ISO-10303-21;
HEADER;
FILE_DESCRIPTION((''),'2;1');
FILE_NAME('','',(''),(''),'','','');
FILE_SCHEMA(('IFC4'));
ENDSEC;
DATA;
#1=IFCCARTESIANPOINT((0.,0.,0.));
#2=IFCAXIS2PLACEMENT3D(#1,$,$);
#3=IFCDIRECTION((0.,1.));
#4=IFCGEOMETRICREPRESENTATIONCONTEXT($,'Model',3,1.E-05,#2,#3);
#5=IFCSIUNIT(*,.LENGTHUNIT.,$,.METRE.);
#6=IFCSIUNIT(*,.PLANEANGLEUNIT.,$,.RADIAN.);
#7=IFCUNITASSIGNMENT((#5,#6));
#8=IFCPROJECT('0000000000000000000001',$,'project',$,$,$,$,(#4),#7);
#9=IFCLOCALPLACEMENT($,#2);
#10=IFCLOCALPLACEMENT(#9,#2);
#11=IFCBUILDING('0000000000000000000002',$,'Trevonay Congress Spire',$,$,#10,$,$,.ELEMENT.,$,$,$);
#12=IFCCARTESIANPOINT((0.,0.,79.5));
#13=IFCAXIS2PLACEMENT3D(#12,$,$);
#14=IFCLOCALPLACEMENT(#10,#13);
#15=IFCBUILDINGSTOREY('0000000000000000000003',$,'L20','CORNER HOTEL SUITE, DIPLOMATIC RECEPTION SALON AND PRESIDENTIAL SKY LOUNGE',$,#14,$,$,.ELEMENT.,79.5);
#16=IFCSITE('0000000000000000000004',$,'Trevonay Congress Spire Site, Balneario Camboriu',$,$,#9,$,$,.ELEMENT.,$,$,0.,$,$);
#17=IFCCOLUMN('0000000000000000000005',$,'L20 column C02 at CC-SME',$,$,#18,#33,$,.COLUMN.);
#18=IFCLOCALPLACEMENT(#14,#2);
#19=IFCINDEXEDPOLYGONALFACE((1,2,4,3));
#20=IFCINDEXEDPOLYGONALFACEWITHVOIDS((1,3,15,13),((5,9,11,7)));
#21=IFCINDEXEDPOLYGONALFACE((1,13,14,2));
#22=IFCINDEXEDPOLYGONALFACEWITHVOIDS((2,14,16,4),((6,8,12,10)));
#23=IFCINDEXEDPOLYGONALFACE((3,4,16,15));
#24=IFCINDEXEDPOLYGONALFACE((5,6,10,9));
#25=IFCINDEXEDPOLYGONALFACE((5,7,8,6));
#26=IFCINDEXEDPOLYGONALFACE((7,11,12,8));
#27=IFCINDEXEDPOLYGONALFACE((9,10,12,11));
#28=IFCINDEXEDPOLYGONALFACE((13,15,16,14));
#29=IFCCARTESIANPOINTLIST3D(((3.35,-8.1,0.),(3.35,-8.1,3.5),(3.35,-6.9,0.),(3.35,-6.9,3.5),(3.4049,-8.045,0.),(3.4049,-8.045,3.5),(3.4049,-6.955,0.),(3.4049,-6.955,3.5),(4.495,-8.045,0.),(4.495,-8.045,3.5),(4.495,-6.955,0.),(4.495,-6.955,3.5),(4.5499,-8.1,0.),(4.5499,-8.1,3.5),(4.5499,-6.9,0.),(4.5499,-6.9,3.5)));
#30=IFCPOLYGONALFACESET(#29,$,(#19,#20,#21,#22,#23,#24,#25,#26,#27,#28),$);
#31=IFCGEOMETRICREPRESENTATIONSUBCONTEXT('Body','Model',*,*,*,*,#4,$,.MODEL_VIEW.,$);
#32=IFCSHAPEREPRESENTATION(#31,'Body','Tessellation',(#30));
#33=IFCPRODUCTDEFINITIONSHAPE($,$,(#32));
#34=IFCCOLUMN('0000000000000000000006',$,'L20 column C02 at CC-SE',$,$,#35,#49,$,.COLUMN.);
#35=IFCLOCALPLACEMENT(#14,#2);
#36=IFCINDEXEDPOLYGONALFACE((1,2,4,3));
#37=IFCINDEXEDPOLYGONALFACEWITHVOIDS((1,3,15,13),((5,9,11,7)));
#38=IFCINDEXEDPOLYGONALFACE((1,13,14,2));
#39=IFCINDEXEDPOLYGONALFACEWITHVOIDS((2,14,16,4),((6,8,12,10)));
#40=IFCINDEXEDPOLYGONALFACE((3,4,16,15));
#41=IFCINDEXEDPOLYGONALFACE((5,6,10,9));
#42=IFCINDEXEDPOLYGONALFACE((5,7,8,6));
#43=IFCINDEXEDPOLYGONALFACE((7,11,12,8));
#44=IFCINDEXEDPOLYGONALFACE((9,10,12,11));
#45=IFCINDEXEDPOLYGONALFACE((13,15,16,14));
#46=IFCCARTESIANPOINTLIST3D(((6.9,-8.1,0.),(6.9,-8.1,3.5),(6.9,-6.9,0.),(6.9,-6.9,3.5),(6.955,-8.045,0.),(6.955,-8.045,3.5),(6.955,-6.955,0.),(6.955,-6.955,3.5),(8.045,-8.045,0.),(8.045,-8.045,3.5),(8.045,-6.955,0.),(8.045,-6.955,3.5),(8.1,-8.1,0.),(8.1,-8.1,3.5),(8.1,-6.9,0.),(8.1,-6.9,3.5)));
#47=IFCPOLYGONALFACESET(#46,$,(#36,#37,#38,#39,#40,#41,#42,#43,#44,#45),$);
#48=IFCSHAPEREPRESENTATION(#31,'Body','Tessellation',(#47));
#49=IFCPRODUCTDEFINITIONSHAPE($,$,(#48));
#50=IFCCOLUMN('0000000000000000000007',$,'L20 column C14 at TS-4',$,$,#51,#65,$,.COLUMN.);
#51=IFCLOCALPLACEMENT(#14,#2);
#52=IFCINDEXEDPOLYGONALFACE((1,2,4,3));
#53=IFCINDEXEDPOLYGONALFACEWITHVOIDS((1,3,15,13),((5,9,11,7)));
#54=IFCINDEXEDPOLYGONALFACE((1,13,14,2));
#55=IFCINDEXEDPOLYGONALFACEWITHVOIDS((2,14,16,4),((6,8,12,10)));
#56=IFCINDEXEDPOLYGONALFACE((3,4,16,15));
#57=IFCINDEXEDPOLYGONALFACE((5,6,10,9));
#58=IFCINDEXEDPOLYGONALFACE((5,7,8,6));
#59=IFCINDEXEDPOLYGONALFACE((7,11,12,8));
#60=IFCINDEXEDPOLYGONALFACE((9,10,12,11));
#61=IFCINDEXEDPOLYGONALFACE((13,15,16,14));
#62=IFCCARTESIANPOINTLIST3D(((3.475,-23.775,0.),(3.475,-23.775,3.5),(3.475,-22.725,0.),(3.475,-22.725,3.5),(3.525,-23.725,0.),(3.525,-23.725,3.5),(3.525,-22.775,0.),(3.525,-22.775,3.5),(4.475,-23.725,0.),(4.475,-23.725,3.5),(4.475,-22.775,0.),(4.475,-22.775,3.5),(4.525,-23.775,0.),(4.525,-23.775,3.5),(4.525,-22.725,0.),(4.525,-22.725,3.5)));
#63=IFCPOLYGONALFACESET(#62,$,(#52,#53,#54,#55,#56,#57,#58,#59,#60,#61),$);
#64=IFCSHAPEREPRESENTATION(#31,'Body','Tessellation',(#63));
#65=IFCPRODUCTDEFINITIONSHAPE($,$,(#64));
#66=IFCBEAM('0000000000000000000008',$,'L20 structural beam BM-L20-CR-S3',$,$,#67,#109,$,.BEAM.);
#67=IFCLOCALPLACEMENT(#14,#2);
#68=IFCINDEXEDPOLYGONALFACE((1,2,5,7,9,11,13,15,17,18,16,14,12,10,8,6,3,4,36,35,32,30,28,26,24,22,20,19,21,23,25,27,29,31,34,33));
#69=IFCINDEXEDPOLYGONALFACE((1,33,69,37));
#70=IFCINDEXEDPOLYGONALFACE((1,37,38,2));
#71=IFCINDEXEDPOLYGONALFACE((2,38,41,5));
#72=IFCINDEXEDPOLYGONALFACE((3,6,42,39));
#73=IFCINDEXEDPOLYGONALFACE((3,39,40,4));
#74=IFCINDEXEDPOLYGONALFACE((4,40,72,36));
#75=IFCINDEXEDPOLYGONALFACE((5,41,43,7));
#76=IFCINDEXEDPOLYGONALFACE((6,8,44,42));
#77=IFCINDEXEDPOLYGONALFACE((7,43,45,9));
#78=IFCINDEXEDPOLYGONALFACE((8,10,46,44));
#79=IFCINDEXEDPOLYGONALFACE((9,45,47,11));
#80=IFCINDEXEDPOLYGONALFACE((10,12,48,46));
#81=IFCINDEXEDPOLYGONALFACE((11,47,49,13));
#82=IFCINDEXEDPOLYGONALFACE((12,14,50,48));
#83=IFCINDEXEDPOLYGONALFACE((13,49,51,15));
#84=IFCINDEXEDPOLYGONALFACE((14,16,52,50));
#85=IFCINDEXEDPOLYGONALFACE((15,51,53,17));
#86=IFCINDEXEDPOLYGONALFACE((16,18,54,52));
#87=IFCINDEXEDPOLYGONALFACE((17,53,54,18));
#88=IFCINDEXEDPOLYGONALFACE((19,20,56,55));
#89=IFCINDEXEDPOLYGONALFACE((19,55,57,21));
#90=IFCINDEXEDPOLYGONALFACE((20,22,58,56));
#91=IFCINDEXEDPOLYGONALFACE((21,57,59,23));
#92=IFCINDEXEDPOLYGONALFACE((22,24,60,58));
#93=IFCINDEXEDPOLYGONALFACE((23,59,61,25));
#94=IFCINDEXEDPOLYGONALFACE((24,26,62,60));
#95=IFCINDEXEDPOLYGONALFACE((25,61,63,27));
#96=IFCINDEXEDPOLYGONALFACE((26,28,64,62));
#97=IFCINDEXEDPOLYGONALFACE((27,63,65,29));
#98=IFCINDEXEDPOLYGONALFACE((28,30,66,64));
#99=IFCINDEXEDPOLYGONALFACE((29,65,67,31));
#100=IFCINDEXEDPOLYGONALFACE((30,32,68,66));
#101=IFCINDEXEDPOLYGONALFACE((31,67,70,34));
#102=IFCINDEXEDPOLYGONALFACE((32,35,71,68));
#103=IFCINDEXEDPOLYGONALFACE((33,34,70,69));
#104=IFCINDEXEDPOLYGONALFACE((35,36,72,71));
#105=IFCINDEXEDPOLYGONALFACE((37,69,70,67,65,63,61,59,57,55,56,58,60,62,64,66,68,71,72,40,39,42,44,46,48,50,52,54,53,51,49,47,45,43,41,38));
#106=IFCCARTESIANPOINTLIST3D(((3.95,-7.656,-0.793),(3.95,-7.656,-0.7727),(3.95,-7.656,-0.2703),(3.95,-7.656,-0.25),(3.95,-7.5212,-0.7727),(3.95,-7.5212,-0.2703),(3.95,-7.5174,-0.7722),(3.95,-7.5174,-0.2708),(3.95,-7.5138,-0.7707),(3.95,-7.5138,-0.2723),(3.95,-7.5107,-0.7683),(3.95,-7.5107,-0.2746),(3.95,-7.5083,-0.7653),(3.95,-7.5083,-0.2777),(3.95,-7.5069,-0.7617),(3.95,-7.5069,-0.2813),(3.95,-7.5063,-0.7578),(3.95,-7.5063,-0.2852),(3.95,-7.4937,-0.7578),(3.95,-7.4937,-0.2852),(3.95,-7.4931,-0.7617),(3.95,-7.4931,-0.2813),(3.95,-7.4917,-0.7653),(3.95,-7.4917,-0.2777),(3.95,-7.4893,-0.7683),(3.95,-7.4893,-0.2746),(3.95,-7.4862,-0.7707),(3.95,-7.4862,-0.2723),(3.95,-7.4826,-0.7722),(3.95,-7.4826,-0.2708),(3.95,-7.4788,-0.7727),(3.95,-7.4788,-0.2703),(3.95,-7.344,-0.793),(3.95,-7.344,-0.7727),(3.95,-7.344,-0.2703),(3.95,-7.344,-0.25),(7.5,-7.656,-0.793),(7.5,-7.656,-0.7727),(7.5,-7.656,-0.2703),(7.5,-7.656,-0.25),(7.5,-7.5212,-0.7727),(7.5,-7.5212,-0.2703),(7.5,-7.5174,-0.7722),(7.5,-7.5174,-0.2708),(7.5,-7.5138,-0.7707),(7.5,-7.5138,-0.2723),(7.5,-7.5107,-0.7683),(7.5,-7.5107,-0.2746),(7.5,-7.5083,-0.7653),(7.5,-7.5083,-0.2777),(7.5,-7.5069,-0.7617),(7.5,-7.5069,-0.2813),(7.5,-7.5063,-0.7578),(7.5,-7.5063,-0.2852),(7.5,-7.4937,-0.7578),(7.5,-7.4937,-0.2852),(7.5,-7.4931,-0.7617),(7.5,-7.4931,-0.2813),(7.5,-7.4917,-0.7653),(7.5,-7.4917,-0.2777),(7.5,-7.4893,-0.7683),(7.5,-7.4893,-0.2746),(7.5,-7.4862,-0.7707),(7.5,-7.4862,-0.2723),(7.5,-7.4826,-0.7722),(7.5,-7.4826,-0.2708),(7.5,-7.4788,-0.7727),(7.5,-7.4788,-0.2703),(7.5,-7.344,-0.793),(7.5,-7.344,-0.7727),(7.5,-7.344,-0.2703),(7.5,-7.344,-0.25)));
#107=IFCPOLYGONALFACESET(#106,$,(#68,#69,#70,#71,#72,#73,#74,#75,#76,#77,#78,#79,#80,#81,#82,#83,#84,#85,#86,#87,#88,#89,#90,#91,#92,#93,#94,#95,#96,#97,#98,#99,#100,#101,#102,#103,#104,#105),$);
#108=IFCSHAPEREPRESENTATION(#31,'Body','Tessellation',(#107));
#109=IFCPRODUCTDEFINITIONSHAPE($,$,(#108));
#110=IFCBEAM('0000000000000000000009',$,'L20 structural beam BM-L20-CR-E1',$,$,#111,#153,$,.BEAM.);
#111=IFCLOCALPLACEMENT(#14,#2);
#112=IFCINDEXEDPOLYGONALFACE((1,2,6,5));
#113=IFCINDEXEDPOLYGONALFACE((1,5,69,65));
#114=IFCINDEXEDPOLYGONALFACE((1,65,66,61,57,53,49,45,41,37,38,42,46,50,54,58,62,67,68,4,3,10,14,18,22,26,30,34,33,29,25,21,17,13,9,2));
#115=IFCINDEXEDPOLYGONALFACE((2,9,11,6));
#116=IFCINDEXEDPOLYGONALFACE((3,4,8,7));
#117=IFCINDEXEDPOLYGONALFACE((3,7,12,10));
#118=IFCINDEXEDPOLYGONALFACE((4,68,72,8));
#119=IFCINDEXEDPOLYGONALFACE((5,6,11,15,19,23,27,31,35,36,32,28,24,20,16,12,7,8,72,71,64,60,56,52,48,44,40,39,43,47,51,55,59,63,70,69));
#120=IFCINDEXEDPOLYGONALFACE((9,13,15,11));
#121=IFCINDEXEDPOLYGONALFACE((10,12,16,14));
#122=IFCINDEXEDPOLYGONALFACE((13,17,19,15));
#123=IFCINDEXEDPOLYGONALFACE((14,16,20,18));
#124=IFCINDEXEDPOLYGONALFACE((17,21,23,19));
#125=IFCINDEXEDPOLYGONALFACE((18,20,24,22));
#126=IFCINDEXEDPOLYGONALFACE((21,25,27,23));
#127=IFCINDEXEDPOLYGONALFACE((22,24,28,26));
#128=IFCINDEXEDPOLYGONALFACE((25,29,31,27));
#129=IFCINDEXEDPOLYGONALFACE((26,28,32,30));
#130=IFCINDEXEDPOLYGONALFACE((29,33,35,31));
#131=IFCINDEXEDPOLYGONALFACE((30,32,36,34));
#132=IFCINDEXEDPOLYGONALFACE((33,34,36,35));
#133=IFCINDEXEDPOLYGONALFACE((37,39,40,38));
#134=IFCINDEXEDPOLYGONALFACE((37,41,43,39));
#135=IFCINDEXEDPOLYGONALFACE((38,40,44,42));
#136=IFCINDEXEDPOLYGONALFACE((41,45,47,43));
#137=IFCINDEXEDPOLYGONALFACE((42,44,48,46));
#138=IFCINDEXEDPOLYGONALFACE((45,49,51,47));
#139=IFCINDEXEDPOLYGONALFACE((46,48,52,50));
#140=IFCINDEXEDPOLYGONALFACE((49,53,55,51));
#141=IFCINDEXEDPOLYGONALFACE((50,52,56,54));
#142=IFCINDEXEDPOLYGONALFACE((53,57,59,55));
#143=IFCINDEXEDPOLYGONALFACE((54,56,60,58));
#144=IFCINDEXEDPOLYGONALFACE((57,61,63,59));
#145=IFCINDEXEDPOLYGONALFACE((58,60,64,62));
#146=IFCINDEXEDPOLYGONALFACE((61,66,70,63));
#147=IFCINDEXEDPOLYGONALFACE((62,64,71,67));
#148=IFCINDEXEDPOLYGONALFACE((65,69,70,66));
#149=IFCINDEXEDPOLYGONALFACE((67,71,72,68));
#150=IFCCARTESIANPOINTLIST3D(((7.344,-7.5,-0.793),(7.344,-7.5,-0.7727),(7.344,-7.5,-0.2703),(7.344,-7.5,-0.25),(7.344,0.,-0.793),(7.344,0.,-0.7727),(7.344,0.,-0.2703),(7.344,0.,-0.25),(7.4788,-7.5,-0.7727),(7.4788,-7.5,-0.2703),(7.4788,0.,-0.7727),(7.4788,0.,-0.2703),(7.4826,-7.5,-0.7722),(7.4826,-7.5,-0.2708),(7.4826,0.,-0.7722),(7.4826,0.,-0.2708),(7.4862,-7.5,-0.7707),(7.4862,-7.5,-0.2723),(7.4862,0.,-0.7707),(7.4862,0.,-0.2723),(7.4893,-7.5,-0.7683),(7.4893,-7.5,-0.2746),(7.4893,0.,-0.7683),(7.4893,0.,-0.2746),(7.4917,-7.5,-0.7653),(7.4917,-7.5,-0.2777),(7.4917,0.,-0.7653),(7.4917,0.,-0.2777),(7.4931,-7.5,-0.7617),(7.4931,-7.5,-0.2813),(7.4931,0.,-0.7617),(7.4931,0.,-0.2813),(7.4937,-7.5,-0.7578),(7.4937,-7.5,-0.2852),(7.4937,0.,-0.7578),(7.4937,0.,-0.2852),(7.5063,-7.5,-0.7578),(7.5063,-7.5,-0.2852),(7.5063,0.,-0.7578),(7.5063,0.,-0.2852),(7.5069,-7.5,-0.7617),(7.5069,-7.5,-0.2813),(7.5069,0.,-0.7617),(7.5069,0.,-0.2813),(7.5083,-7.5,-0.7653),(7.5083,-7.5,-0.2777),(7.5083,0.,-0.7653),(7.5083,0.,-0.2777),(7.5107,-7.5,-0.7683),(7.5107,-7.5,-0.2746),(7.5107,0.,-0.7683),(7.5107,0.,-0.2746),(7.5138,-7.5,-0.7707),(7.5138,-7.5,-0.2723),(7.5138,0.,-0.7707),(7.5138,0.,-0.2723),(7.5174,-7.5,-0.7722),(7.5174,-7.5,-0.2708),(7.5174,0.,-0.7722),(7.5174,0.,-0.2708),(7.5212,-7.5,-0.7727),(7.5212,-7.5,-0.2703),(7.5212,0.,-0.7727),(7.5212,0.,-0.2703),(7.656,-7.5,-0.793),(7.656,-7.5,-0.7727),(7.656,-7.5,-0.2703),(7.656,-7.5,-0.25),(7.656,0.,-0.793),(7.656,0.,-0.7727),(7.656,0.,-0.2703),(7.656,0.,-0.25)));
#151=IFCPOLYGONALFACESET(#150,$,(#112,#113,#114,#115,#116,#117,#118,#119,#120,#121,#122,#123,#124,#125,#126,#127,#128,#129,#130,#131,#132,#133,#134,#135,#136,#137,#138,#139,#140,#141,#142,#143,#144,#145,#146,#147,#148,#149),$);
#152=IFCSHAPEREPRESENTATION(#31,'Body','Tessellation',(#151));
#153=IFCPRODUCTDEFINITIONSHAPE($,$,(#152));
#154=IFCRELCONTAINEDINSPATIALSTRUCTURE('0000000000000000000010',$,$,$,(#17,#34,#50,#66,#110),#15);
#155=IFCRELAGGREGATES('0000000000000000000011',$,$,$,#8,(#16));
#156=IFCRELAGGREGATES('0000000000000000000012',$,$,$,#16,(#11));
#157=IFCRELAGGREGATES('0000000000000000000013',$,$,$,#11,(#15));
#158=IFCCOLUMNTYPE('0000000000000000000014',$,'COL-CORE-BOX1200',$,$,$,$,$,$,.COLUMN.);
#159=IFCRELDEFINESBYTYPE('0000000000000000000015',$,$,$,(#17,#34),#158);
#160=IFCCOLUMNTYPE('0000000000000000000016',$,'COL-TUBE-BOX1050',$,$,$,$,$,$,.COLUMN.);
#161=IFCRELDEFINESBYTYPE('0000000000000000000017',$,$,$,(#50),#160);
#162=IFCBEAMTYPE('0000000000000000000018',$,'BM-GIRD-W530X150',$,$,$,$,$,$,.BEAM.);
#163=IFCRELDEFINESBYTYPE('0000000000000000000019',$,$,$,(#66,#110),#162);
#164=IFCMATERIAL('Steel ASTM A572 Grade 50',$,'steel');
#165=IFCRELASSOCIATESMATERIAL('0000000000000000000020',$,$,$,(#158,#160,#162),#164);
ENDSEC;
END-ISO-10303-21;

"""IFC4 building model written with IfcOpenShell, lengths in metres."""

from ifc_helpers import new_model, si_unit, direction, frame, origin, origin_2d, place, context, subcontext, project, spatial, hollow_rectangle, i_section, extrude, material, material_profile, profile_set, type_object, element, save


model = new_model("IFC4")

# Units and contexts
model_context = context("Model", 3, precision=1e-05, world=origin(), true_north=direction((0.0, 1.0)))
body_context = subcontext(model_context, "Body", "Model", "MODEL_VIEW")
ifc_project = project(units=[si_unit("LENGTHUNIT", "METRE"), si_unit("PLANEANGLEUNIT", "RADIAN")], contexts=[model_context])

# Site, building, storey
site_placement = place(None, origin())
site = spatial("IfcSite", under=ifc_project, at=site_placement, Name="Trevonay Congress Spire Site, Balneario Camboriu", CompositionType="ELEMENT", RefElevation=0.0)
building_placement = place(site_placement, origin())
building = spatial("IfcBuilding", under=site, at=building_placement, Name="Trevonay Congress Spire", CompositionType="ELEMENT")
storey_placement = place(building_placement, frame((0.0, 0.0, 79.5)))
storey = spatial("IfcBuildingStorey", under=building, at=storey_placement, Name="L20", Description="CORNER HOTEL SUITE, DIPLOMATIC RECEPTION SALON AND PRESIDENTIAL SKY LOUNGE", CompositionType="ELEMENT", Elevation=79.5)

# Columns
ifc_material_1 = material(Name="Steel ASTM A572 Grade 50", Category="steel")
ifc_material_profile_1 = material_profile(ifc_material_1, hollow_rectangle(XDim=1.2, YDim=1.2, WallThickness=0.0549, at=origin_2d()), Name="BOX 1200x1200x55")
ifc_profile_set_1 = profile_set([ifc_material_profile_1], Name="Steel ASTM A572 Grade 50")
column_type_1 = type_object("IfcColumnType", Name="COL-CORE-BOX1200", PredefinedType="COLUMN", material=ifc_profile_set_1)
for number, where, z_axis, x_axis, name in (
    (1, (3.95, -7.5, 0.0), (0.0, 0.0, 1.0), (1.0, 0.0, 0.0), "L20 column C02 at CC-SME"),
    (2, (7.5, -7.5, 0.0), (0.0, 0.0, 1.0), (1.0, 0.0, 0.0), "L20 column C02 at CC-SE"),
):
    element("IfcColumn", number, at=place(storey_placement, frame(where, z_axis=z_axis, x_axis=x_axis)), inside=storey, type_object=column_type_1, Name=name, PredefinedType="COLUMN", context=body_context, shape_type="SweptSolid", body=[
        extrude(hollow_rectangle(XDim=1.2, YDim=1.2, WallThickness=0.0549, at=origin_2d()), origin(), (0.0, 0.0, 1.0), 3.5),
    ])
ifc_material_profile_2 = material_profile(ifc_material_1, hollow_rectangle(XDim=1.05, YDim=1.05, WallThickness=0.05, at=origin_2d()), Name="BOX 1050x1050x50")
ifc_profile_set_2 = profile_set([ifc_material_profile_2], Name="Steel ASTM A572 Grade 50")
column_type_2 = type_object("IfcColumnType", Name="COL-TUBE-BOX1050", PredefinedType="COLUMN", material=ifc_profile_set_2)
column_placement = place(storey_placement, frame((4.0, -23.25, 0.0), z_axis=(0.0, 0.0, 1.0), x_axis=(1.0, 0.0, 0.0)))
element("IfcColumn", 3, at=column_placement, inside=storey, type_object=column_type_2, Name="L20 column C14 at TS-4", PredefinedType="COLUMN", context=body_context, shape_type="SweptSolid", body=[
    extrude(hollow_rectangle(XDim=1.05, YDim=1.05, WallThickness=0.05, at=origin_2d()), origin(), (0.0, 0.0, 1.0), 3.5),
])

# Beams
ifc_material_profile_3 = material_profile(ifc_material_1, i_section(OverallWidth=0.312, OverallDepth=0.543, WebThickness=0.0127, FlangeThickness=0.0203, FilletRadius=0.0149, at=origin_2d()), Name="W530x150")
ifc_profile_set_3 = profile_set([ifc_material_profile_3], Name="Steel ASTM A572 Grade 50")
beam_type_1 = type_object("IfcBeamType", Name="BM-GIRD-W530X150", PredefinedType="BEAM", material=ifc_profile_set_3)
beam_1_placement = place(storey_placement, frame((3.95, -7.5, -0.5215), z_axis=(1.0, 0.0, 0.0), x_axis=(0.0, 1.0, 0.0)))
element("IfcBeam", 4, at=beam_1_placement, inside=storey, type_object=beam_type_1, Name="L20 structural beam BM-L20-CR-S3", PredefinedType="BEAM", context=body_context, shape_type="SweptSolid", body=[
    extrude(i_section(OverallWidth=0.312, OverallDepth=0.543, WebThickness=0.0127, FlangeThickness=0.0203, FilletRadius=0.0149, at=origin_2d()), origin(), (0.0, 0.0, 1.0), 3.55),
])
beam_2_placement = place(storey_placement, frame((7.5, -7.5, -0.5215), z_axis=(0.0, 1.0, 0.0), x_axis=(-1.0, 0.0, 0.0)))
element("IfcBeam", 5, at=beam_2_placement, inside=storey, type_object=beam_type_1, Name="L20 structural beam BM-L20-CR-E1", PredefinedType="BEAM", context=body_context, shape_type="SweptSolid", body=[
    extrude(i_section(OverallWidth=0.312, OverallDepth=0.543, WebThickness=0.0127, FlangeThickness=0.0203, FilletRadius=0.0149, at=origin_2d()), origin(), (0.0, 0.0, 1.0), 7.5),
])

save(model, "model.ifc")
